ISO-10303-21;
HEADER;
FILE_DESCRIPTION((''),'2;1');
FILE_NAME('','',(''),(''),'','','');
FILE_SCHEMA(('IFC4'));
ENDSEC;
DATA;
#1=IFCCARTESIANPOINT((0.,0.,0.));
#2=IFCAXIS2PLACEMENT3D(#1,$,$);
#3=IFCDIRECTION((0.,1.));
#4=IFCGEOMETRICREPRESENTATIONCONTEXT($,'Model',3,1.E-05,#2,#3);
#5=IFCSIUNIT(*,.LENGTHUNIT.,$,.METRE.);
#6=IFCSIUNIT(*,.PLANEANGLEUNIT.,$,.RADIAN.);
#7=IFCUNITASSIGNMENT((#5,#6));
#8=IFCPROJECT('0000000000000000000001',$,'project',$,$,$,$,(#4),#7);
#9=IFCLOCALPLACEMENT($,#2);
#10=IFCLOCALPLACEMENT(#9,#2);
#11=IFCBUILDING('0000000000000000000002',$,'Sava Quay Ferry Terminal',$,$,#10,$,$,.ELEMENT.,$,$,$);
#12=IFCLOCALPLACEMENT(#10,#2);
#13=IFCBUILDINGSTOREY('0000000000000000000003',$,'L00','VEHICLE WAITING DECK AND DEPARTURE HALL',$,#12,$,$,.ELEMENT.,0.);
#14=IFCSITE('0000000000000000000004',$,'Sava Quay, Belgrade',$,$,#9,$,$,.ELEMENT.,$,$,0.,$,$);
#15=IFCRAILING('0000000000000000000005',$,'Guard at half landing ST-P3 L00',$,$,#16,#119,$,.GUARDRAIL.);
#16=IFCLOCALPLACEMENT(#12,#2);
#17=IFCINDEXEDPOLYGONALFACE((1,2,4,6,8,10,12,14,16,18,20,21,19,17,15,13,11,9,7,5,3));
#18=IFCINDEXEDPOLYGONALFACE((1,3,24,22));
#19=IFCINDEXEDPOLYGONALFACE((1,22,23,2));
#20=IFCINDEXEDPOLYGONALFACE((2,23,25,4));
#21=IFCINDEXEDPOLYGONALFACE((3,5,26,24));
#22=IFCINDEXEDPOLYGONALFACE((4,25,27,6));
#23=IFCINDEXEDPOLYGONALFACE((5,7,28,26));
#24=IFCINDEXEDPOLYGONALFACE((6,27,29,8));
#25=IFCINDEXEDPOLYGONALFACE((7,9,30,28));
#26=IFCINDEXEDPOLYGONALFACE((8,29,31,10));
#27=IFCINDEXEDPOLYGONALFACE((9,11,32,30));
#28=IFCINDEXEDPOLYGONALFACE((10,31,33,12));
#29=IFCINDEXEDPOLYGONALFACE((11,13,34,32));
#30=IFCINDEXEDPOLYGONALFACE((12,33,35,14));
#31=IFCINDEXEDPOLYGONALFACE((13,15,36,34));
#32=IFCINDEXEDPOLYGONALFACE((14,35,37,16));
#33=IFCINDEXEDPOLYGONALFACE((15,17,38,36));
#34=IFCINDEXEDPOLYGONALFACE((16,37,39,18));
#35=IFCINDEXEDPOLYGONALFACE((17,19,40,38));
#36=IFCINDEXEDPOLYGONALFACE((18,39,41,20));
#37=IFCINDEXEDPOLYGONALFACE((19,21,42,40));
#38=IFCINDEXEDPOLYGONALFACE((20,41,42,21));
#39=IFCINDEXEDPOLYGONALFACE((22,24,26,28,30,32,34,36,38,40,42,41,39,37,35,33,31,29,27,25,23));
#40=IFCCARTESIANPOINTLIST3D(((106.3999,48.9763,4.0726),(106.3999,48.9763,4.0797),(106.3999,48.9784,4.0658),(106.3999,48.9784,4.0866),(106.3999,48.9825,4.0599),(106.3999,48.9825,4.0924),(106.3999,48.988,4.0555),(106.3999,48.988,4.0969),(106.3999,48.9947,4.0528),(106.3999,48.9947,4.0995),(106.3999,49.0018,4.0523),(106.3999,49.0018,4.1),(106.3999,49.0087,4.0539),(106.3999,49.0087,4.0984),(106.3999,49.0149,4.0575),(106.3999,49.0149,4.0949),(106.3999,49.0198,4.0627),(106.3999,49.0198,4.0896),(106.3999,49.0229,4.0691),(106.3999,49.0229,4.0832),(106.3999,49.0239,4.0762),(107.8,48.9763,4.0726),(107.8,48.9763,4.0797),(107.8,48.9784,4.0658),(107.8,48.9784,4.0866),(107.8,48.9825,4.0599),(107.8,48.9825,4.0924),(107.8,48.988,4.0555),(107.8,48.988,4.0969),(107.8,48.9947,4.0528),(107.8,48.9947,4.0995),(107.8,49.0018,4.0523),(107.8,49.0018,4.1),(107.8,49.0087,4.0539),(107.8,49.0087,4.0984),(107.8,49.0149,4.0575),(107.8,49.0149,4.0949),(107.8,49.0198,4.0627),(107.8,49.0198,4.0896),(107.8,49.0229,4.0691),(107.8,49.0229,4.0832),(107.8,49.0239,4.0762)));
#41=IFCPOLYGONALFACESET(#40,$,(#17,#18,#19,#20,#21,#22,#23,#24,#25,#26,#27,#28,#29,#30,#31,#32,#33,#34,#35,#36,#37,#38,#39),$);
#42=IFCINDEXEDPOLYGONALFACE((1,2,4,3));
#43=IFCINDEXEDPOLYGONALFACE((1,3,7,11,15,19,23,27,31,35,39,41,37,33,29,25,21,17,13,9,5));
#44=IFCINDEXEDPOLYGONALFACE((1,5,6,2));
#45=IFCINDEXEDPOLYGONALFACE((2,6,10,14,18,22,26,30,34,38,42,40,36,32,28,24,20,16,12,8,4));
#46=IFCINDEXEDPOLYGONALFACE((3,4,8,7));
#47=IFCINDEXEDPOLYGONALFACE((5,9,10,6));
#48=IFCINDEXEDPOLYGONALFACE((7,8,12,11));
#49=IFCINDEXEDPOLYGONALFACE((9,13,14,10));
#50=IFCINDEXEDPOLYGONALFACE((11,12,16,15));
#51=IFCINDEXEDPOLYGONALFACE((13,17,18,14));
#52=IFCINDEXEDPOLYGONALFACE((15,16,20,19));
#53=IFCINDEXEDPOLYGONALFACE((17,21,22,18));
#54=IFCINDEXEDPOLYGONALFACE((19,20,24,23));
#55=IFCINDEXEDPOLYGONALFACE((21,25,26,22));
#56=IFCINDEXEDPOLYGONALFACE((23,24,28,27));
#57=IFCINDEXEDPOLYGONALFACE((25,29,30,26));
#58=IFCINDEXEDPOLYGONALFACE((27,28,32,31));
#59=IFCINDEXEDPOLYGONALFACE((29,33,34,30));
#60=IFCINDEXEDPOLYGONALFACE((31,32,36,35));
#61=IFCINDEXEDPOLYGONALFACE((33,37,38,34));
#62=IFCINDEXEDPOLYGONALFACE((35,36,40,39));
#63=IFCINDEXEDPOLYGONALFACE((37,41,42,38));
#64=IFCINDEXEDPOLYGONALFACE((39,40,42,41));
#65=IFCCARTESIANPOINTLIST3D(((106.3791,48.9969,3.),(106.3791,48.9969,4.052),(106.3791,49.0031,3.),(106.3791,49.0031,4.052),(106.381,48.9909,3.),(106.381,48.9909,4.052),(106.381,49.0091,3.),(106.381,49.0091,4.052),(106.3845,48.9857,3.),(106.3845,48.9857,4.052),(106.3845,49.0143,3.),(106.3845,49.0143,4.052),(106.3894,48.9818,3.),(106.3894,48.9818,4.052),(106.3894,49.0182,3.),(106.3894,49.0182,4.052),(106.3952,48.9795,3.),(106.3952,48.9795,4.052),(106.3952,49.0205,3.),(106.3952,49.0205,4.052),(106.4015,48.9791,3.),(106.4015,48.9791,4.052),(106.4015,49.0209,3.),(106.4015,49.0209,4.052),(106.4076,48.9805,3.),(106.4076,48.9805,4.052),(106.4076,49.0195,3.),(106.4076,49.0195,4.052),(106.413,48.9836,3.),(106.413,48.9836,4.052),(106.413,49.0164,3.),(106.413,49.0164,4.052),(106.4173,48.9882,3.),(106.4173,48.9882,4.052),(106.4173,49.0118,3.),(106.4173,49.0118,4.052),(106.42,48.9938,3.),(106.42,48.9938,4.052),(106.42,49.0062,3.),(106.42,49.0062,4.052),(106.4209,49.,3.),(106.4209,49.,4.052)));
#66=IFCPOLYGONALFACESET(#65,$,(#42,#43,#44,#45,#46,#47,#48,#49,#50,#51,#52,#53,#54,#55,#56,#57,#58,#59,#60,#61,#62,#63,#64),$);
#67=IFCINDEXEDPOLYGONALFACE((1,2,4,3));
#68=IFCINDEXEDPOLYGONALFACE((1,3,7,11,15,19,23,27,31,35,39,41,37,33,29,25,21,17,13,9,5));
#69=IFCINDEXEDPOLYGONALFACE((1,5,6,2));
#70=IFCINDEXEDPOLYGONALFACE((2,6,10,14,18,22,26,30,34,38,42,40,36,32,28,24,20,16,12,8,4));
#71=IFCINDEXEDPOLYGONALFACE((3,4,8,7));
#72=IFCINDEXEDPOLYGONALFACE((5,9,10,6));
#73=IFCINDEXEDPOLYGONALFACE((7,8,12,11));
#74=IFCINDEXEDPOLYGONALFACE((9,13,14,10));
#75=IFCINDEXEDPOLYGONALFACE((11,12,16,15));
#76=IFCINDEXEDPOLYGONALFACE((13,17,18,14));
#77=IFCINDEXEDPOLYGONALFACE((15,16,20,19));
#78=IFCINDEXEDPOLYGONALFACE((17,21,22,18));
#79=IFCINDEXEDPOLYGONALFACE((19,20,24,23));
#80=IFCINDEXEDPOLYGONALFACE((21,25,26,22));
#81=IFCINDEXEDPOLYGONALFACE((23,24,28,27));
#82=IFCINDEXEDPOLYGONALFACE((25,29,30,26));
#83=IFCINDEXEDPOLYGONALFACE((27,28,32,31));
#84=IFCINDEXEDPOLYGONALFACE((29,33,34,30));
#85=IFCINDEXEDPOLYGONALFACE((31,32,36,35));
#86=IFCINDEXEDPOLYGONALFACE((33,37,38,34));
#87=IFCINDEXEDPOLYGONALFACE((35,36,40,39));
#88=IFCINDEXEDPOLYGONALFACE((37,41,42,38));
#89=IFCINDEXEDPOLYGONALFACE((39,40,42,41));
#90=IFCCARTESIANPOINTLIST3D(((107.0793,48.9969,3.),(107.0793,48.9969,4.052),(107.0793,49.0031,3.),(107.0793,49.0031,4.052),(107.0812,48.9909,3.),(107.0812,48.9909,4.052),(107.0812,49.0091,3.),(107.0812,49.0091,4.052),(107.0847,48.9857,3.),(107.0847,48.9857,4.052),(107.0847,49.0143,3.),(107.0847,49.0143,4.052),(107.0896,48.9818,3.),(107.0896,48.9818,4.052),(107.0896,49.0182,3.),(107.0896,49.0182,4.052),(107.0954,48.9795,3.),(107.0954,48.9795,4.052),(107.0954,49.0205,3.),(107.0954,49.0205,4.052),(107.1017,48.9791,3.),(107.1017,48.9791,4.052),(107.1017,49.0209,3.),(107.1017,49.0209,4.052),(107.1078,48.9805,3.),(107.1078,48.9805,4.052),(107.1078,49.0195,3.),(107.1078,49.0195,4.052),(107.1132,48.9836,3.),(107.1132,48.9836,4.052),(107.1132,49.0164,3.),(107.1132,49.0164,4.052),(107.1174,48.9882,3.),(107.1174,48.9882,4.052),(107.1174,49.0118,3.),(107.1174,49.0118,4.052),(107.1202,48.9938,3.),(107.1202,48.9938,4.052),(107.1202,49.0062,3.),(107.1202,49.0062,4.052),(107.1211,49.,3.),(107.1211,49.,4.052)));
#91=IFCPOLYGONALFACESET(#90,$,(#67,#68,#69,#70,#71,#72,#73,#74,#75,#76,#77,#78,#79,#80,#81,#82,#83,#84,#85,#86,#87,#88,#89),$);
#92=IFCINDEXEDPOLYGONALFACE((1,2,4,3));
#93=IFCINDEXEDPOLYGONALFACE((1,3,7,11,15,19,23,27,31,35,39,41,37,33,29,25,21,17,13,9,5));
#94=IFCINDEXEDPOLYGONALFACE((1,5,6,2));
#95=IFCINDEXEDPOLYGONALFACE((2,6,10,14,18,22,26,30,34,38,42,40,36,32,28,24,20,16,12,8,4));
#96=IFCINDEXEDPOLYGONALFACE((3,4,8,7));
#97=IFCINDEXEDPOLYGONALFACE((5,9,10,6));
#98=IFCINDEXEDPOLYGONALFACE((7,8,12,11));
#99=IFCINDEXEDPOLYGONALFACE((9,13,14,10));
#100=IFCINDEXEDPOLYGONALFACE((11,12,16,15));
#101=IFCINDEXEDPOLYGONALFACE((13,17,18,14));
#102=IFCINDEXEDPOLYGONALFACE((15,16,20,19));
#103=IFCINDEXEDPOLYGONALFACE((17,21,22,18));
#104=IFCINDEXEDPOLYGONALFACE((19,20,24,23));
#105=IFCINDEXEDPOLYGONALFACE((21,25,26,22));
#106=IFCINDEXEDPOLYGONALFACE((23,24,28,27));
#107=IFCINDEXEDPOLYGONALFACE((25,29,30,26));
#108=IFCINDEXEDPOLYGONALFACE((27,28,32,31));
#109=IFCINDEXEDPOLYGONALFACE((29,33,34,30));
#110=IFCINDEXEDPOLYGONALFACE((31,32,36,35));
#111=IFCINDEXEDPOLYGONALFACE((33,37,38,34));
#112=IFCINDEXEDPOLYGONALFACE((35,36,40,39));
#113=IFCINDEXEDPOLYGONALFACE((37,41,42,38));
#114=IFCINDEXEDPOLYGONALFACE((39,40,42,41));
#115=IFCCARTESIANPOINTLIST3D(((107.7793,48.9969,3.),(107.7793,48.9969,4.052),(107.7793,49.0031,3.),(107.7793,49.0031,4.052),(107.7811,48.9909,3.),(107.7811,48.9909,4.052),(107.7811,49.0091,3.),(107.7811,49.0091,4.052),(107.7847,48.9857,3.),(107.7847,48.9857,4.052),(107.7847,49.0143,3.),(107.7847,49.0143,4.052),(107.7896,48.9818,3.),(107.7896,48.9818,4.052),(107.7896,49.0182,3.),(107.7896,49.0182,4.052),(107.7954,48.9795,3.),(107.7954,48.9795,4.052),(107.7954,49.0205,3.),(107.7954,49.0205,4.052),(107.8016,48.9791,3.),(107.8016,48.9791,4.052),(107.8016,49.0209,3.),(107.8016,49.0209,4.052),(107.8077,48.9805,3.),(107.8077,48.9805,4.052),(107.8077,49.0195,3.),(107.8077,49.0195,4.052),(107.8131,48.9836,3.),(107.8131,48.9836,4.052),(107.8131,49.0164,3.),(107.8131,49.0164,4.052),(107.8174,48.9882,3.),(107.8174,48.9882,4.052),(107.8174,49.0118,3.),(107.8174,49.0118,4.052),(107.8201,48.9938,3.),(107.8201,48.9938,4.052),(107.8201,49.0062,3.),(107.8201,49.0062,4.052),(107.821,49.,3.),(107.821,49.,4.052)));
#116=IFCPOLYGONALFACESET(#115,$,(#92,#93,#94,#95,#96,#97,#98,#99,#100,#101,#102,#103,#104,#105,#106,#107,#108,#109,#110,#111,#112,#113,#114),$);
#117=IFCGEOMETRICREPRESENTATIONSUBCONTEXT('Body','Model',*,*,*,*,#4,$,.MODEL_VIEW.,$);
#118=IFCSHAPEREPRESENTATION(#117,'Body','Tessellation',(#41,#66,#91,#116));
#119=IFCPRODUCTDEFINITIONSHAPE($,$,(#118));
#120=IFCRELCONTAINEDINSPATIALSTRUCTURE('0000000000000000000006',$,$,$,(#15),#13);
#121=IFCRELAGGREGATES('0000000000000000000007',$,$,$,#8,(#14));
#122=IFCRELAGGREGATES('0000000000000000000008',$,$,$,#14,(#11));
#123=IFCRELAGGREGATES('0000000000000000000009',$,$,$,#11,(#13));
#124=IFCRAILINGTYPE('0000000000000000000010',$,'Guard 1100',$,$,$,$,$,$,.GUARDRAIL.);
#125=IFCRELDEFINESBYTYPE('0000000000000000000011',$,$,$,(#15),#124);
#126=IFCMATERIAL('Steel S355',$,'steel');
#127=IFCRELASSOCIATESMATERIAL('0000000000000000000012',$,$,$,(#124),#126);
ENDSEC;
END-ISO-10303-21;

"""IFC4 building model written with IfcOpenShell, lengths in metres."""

from ifc_helpers import new_model, si_unit, direction, frame, origin, origin_2d, place, context, subcontext, project, spatial, circle, extrude, material, type_object, element, save


model = new_model("IFC4")

# Units and contexts
model_context = context("Model", 3, precision=1e-05, world=origin(), true_north=direction((0.0, 1.0)))
body_context = subcontext(model_context, "Body", "Model", "MODEL_VIEW")
ifc_project = project(units=[si_unit("LENGTHUNIT", "METRE"), si_unit("PLANEANGLEUNIT", "RADIAN")], contexts=[model_context])

# Site, building, storey
site_placement = place(None, origin())
site = spatial("IfcSite", under=ifc_project, at=site_placement, Name="Sava Quay, Belgrade", CompositionType="ELEMENT", RefElevation=0.0)
building_placement = place(site_placement, origin())
building = spatial("IfcBuilding", under=site, at=building_placement, Name="Sava Quay Ferry Terminal", CompositionType="ELEMENT")
storey_placement = place(building_placement, origin())
storey = spatial("IfcBuildingStorey", under=building, at=storey_placement, Name="L00", Description="VEHICLE WAITING DECK AND DEPARTURE HALL", CompositionType="ELEMENT", Elevation=0.0)

# Railing
ifc_material_1 = material(Name="Steel S355", Category="steel")
railing_type_1 = type_object("IfcRailingType", Name="Guard 1100", PredefinedType="GUARDRAIL", material=ifc_material_1)
railing_1_placement = place(storey_placement, frame((106.3999, 49.0, 3.0)))
element("IfcRailing", 1, at=railing_1_placement, inside=storey, type_object=railing_type_1, Name="Guard at half landing ST-P3 L00", PredefinedType="GUARDRAIL", context=body_context, shape_type="SweptSolid", body=[
    extrude(circle(Radius=0.0239, at=origin_2d()), frame((0.0, 0.0, 1.0762), z_axis=(1.0, 0.0, 0.0), x_axis=(0.0, 1.0, 0.0)), (0.0, 0.0, 1.0), 1.4001),
    extrude(circle(Radius=0.021, at=origin_2d()), origin(), (0.0, 0.0, 1.0), 1.052),
    extrude(circle(Radius=0.021, at=origin_2d()), frame((0.7002, 0.0, 0.0)), (0.0, 0.0, 1.0), 1.052),
    extrude(circle(Radius=0.021, at=origin_2d()), frame((1.4001, 0.0, 0.0)), (0.0, 0.0, 1.0), 1.052),
])

save(model, "model.ifc")
